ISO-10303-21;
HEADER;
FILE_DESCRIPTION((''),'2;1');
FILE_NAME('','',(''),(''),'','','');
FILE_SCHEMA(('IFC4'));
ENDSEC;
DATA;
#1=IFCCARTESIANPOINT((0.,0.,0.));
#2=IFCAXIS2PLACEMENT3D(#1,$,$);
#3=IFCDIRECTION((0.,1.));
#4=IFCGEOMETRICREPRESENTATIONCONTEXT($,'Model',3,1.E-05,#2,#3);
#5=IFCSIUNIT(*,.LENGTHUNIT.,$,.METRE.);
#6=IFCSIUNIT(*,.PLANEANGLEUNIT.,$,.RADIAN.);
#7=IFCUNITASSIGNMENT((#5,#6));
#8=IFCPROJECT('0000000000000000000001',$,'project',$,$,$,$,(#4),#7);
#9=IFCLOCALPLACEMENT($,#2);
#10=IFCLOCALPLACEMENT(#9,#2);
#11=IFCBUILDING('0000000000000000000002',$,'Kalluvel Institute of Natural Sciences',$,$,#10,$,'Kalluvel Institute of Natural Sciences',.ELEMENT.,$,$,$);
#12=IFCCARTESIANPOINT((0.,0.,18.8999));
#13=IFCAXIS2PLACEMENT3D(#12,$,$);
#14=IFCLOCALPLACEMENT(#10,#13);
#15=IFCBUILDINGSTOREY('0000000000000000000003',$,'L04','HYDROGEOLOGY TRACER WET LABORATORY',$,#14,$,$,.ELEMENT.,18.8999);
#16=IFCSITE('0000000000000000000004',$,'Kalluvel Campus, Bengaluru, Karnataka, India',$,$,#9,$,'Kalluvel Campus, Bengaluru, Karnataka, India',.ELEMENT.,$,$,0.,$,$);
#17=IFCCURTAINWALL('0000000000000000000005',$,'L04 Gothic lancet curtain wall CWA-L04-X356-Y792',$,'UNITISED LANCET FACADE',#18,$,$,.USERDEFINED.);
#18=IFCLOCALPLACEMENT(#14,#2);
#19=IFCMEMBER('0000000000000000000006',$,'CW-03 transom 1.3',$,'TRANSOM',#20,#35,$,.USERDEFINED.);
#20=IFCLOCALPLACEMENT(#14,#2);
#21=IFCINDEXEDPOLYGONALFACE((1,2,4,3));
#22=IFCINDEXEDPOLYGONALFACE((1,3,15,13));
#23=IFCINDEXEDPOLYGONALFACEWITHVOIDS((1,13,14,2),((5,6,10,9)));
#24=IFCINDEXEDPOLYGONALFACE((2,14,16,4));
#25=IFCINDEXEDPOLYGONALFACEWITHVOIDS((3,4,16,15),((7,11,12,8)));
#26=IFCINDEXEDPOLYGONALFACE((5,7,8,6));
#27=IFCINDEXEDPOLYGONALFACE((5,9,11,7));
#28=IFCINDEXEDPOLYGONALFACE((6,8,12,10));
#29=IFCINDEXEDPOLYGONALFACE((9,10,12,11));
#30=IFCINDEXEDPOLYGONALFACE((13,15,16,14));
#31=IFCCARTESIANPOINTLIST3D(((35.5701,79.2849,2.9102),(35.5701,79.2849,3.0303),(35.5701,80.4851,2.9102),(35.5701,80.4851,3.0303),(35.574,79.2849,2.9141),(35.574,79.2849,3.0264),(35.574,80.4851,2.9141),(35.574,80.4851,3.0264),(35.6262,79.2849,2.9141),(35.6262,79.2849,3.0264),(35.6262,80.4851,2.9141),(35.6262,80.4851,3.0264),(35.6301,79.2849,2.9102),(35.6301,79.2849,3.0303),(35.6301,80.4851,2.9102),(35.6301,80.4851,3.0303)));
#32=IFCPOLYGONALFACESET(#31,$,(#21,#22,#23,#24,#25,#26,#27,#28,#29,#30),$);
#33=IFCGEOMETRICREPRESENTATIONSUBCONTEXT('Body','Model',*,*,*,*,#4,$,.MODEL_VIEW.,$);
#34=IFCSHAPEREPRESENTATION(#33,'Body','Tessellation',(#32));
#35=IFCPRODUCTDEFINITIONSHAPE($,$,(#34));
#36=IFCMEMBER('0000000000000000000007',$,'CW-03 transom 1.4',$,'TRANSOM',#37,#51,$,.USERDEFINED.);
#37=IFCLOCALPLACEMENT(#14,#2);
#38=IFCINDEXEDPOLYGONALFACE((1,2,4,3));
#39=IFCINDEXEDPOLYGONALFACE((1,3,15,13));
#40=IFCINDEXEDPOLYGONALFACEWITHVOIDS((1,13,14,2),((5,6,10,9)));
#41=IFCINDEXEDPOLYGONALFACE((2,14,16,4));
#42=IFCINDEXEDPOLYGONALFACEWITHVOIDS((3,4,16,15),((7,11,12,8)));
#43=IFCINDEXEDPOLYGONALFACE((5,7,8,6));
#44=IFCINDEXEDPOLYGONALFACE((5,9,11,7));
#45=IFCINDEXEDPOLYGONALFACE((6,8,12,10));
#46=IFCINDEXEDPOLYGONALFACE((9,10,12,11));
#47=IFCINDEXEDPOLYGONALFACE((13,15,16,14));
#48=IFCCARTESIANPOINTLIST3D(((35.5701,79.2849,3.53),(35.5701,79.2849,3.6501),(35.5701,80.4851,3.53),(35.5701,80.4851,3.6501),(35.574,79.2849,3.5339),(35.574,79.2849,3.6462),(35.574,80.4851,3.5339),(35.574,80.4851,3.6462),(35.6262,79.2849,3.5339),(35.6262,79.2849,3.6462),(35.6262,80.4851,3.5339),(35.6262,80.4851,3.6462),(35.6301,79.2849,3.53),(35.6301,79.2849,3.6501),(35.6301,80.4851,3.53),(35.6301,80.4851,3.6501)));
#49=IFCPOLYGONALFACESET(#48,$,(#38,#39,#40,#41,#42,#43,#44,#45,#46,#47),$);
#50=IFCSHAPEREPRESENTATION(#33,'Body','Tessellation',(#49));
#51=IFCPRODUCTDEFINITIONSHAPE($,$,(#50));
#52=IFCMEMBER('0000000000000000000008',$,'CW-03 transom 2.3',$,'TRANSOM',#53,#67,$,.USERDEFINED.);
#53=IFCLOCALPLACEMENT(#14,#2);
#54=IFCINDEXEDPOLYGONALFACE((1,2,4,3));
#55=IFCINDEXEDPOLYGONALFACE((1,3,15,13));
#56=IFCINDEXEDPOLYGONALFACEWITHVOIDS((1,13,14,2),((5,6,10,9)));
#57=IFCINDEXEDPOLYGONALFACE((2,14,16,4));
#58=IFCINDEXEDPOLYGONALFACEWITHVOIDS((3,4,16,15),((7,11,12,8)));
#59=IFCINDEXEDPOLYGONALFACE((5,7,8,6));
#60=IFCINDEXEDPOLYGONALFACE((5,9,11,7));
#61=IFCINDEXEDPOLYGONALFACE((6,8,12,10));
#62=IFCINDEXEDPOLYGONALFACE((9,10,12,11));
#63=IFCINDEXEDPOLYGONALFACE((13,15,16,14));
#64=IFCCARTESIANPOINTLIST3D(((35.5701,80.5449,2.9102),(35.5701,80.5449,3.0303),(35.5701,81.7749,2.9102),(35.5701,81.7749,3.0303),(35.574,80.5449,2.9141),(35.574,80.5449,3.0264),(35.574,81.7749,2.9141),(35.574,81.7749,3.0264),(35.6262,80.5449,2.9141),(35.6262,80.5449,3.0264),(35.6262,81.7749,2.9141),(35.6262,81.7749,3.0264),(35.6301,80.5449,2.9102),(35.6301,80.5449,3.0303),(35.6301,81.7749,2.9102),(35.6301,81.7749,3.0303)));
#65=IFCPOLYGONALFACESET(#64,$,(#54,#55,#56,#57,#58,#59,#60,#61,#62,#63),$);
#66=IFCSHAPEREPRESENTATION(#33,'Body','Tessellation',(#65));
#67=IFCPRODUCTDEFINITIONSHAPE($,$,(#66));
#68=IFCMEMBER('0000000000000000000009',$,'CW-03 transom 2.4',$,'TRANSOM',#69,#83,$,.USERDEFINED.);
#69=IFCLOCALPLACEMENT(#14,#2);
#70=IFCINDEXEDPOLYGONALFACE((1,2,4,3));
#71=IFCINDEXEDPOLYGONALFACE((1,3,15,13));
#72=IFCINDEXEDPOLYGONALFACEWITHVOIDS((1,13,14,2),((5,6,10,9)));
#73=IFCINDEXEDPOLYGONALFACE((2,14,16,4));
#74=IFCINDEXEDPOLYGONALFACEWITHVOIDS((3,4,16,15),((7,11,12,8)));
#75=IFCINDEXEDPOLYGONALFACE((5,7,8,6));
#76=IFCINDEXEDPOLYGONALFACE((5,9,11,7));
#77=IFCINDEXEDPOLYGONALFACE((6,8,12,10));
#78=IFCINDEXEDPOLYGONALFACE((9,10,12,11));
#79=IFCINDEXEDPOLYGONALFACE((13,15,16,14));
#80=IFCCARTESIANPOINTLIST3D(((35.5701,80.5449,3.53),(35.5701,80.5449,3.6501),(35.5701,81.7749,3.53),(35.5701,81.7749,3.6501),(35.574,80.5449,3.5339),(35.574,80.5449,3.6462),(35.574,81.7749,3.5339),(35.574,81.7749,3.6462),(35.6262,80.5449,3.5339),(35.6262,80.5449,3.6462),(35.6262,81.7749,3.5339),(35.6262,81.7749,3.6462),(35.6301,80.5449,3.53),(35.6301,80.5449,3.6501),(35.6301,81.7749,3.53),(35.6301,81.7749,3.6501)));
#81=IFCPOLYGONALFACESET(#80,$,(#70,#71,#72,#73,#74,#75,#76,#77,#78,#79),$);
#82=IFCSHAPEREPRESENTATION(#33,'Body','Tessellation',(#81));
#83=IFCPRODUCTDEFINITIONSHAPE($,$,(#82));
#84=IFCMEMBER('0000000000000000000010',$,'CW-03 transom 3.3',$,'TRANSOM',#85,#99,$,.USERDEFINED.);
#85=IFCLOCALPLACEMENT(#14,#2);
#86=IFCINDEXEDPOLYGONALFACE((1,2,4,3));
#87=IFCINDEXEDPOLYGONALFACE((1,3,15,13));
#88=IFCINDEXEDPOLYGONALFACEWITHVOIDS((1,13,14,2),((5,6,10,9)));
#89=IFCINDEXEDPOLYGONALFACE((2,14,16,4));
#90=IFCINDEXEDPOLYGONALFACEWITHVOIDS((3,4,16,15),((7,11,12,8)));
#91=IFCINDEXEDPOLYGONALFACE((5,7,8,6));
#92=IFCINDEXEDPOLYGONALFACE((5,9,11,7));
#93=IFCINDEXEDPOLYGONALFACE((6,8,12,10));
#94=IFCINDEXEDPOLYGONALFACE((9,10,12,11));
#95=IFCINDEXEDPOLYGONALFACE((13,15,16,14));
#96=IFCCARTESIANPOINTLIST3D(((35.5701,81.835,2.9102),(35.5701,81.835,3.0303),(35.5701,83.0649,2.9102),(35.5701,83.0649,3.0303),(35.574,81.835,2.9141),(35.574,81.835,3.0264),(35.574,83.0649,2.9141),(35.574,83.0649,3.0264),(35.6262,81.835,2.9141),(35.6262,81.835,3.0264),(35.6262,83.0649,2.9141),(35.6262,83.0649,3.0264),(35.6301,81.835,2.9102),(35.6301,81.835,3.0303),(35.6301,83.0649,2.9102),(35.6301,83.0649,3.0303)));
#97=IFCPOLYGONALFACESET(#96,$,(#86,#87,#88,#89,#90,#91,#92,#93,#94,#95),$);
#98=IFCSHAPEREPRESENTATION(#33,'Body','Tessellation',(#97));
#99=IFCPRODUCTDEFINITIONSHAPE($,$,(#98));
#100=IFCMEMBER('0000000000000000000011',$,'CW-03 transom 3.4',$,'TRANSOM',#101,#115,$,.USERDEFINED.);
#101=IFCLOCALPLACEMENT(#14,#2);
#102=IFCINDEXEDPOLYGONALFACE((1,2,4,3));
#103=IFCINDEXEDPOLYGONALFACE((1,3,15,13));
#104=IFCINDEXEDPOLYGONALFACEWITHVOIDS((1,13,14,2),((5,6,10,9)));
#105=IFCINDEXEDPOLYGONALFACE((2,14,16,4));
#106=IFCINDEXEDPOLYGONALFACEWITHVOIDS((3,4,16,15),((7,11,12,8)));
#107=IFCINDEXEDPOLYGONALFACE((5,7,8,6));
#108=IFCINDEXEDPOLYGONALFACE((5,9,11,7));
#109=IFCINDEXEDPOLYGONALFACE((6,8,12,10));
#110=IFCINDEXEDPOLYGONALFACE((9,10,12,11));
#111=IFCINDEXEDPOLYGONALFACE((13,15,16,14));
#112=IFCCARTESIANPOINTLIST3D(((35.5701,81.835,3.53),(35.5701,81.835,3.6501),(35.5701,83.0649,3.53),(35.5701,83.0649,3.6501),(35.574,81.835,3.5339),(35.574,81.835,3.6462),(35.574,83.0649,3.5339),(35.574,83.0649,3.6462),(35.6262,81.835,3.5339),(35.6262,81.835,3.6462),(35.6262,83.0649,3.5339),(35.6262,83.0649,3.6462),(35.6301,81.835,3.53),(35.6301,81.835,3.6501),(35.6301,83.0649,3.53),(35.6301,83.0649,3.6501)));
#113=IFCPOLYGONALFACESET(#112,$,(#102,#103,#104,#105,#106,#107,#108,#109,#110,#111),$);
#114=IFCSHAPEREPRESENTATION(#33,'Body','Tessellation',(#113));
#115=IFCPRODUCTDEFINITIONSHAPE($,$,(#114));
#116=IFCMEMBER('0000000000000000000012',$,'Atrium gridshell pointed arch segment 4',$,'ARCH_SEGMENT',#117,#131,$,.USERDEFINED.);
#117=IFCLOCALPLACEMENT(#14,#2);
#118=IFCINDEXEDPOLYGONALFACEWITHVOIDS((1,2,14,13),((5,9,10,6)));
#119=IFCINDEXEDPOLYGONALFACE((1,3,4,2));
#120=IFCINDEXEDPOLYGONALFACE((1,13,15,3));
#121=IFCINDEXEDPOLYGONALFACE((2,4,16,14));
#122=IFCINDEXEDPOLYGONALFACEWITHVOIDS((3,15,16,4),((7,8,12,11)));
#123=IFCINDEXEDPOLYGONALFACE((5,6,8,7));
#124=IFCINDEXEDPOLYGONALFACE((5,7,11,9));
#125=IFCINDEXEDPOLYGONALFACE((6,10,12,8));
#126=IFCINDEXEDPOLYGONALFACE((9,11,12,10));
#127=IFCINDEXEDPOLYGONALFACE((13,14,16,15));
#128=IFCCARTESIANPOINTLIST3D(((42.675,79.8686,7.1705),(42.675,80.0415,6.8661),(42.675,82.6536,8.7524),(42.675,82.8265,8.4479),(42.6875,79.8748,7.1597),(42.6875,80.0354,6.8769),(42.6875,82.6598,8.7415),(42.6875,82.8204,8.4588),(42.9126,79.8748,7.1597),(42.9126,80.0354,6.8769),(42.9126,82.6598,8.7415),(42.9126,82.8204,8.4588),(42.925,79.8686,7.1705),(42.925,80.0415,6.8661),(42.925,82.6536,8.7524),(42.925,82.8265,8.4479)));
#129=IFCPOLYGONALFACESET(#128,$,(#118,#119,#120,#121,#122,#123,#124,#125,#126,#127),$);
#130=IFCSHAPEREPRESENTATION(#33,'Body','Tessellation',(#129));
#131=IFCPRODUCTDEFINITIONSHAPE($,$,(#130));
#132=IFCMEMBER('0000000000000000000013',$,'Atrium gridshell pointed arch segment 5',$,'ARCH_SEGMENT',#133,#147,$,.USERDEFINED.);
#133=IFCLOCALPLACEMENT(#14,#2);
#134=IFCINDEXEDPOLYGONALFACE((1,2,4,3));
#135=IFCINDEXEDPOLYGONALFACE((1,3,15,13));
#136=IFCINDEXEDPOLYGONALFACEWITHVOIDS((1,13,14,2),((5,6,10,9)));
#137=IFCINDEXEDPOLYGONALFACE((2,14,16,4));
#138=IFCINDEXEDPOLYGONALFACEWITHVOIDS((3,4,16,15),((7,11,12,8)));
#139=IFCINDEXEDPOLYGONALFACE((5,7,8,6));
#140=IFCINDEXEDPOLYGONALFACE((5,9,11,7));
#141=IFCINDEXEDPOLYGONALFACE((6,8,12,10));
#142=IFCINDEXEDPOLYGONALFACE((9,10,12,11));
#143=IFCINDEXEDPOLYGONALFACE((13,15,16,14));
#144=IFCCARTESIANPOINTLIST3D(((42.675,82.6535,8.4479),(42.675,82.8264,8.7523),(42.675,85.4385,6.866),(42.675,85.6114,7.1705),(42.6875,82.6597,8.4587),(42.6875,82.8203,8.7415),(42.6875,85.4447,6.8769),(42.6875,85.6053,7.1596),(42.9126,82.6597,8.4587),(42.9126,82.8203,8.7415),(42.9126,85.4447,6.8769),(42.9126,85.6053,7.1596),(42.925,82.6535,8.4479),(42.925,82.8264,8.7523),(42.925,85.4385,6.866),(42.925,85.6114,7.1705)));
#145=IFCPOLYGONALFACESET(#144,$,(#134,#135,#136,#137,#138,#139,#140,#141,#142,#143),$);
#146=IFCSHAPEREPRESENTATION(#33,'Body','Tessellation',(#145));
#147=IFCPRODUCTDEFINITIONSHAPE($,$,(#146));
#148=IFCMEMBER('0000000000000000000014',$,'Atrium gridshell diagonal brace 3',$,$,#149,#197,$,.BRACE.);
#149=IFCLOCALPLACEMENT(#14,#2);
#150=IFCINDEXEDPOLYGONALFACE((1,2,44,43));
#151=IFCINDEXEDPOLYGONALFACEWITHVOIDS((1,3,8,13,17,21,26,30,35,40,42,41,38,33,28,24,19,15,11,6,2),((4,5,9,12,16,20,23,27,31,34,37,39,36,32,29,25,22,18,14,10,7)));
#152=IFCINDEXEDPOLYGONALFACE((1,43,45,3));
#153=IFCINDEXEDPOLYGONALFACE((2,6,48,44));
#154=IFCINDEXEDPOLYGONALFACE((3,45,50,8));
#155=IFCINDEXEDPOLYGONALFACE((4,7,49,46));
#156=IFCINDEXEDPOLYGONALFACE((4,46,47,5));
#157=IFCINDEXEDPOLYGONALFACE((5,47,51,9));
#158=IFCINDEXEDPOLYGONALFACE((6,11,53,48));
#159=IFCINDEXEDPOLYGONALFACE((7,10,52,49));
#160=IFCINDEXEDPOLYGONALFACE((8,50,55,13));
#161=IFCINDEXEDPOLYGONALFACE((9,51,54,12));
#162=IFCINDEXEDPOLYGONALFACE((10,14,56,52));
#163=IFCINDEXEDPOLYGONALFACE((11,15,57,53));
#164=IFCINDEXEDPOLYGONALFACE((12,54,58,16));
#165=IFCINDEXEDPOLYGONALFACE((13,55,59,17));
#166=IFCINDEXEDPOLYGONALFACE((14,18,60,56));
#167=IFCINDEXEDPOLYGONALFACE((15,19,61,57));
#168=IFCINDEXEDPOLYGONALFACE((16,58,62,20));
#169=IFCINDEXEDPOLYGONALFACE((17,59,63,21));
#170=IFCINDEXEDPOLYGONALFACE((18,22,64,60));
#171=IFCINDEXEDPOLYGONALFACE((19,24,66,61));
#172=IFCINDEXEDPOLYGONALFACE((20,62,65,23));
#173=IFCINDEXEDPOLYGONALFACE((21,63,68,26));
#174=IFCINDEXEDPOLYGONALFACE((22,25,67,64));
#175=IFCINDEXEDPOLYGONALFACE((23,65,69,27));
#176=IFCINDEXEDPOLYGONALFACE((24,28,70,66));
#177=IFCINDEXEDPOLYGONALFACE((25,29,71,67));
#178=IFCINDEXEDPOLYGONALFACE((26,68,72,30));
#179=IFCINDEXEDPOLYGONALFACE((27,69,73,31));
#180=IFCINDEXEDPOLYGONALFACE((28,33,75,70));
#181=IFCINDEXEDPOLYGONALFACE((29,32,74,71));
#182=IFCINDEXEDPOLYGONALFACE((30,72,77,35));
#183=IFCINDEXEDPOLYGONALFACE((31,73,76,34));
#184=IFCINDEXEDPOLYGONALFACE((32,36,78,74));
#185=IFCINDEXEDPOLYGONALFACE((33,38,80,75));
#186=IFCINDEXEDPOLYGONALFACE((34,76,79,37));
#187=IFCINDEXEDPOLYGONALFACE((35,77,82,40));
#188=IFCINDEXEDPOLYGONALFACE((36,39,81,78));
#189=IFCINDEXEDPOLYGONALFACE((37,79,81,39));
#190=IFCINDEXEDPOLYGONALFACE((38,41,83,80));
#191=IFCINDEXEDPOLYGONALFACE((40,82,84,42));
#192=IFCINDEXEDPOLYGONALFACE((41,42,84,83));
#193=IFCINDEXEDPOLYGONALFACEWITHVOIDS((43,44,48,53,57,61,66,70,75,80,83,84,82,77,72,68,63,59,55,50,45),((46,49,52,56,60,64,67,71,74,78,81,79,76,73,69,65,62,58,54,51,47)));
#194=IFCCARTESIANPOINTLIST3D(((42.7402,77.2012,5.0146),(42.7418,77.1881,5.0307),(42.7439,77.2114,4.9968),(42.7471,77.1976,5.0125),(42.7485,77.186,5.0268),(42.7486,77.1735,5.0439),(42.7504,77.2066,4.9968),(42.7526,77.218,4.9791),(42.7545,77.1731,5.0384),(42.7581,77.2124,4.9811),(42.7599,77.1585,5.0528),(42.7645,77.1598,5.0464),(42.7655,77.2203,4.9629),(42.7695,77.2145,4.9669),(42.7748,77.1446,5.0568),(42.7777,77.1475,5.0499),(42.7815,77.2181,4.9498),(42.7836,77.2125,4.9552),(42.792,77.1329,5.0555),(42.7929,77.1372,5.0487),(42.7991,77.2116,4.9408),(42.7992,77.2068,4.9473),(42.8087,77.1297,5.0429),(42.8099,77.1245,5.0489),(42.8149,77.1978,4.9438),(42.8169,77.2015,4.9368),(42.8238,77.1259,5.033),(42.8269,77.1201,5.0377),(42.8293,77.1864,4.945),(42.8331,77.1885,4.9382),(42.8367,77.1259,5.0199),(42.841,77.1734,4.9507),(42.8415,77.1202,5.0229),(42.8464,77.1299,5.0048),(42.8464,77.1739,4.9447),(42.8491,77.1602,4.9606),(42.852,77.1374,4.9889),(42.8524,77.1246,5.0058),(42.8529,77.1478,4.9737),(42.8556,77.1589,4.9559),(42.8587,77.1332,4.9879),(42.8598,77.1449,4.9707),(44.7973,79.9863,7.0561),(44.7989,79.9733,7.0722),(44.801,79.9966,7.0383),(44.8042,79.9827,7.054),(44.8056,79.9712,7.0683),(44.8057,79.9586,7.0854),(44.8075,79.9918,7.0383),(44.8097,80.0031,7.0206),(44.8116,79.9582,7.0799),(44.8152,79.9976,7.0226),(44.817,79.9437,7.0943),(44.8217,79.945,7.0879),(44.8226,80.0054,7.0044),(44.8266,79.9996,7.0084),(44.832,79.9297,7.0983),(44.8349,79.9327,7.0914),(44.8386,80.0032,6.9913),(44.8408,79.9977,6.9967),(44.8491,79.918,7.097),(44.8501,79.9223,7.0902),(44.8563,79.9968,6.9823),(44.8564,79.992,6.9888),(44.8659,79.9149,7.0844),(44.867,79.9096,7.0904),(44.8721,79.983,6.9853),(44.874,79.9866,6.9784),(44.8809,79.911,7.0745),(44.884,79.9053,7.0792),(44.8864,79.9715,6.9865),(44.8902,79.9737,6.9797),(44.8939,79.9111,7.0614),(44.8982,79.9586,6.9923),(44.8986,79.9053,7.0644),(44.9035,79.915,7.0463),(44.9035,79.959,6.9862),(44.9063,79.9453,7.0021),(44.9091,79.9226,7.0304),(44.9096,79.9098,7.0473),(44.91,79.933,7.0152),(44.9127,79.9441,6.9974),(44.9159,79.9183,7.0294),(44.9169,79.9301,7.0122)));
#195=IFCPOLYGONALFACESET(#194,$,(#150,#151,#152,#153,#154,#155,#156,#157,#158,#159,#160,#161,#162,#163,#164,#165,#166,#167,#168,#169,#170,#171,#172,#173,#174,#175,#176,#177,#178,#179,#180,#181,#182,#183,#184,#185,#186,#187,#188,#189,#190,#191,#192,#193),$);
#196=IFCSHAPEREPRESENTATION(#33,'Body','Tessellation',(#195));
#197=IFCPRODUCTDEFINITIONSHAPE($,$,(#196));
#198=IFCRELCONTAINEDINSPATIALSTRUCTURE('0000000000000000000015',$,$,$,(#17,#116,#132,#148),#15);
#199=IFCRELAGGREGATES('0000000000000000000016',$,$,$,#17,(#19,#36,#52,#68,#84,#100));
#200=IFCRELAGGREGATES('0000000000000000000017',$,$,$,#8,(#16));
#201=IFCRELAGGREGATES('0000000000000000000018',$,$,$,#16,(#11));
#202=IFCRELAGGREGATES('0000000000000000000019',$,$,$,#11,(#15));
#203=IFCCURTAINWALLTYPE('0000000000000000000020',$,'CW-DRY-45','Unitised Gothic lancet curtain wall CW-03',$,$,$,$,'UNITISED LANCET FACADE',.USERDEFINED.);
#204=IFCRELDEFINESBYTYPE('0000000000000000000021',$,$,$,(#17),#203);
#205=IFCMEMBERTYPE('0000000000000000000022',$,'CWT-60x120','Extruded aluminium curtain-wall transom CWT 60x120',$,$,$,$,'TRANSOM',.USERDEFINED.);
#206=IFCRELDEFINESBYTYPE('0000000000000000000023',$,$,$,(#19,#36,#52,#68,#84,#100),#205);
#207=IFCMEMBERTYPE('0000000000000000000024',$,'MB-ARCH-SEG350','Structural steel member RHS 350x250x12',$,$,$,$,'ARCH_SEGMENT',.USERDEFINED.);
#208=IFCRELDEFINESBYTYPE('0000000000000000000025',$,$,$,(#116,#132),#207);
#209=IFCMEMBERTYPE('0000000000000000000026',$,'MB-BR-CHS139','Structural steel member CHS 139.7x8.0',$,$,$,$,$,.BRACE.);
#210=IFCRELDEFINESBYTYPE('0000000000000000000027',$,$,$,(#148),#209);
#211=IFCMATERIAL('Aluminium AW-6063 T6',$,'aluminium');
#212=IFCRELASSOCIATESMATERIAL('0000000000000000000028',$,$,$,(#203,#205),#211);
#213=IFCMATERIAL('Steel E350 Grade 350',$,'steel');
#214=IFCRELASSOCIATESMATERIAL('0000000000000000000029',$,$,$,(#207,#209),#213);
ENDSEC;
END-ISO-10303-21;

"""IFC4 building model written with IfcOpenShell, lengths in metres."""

from ifc_helpers import new_model, si_unit, direction, frame, origin, origin_2d, place, context, subcontext, project, spatial, hollow_rectangle, hollow_circle, extrude, material, material_profile, profile_set, type_object, element, aggregate, save


model = new_model("IFC4")

# Units and contexts
model_context = context("Model", 3, precision=1e-05, world=origin(), true_north=direction((0.0, 1.0)))
body_context = subcontext(model_context, "Body", "Model", "MODEL_VIEW")
ifc_project = project(units=[si_unit("LENGTHUNIT", "METRE"), si_unit("PLANEANGLEUNIT", "RADIAN")], contexts=[model_context])

# Site, building, storey
site_placement = place(None, origin())
site = spatial("IfcSite", under=ifc_project, at=site_placement, Name="Kalluvel Campus, Bengaluru, Karnataka, India", LongName="Kalluvel Campus, Bengaluru, Karnataka, India", CompositionType="ELEMENT", RefElevation=0.0)
building_placement = place(site_placement, origin())
building = spatial("IfcBuilding", under=site, at=building_placement, Name="Kalluvel Institute of Natural Sciences", LongName="Kalluvel Institute of Natural Sciences", CompositionType="ELEMENT")
storey_placement = place(building_placement, frame((0.0, 0.0, 18.8999)))
storey = spatial("IfcBuildingStorey", under=building, at=storey_placement, Name="L04", Description="HYDROGEOLOGY TRACER WET LABORATORY", CompositionType="ELEMENT", Elevation=18.8999)

# Curtain wall, members
ifc_material_1 = material(Name="Aluminium AW-6063 T6", Category="aluminium")
curtain_wall_type = type_object("IfcCurtainWallType", Name="CW-DRY-45", Description="Unitised Gothic lancet curtain wall CW-03", ElementType="UNITISED LANCET FACADE", PredefinedType="USERDEFINED", material=ifc_material_1)
curtain_wall_1_placement = place(storey_placement, origin())
curtain_wall_1 = element("IfcCurtainWall", 1, at=curtain_wall_1_placement, inside=storey, type_object=curtain_wall_type, Name="L04 Gothic lancet curtain wall CWA-L04-X356-Y792", ObjectType="UNITISED LANCET FACADE", PredefinedType="USERDEFINED")
ifc_material_profile_1 = material_profile(ifc_material_1, hollow_rectangle(XDim=0.0601, YDim=0.1201, WallThickness=0.0039, at=origin_2d()), Name="CWT 60x120")
ifc_profile_set_1 = profile_set([ifc_material_profile_1], Name="Aluminium AW-6063 T6")
member_type_1 = type_object("IfcMemberType", Name="CWT-60x120", Description="Extruded aluminium curtain-wall transom CWT 60x120", ElementType="TRANSOM", PredefinedType="USERDEFINED", material=ifc_profile_set_1)
member_1_placement = place(storey_placement, frame((35.6001, 79.2849, 2.9702), z_axis=(0.0, 1.0, 0.0), x_axis=(-1.0, 0.0, 0.0)))
member_1 = element("IfcMember", 2, at=member_1_placement, type_object=member_type_1, Name="CW-03 transom 1.3", ObjectType="TRANSOM", PredefinedType="USERDEFINED", context=body_context, shape_type="SweptSolid", body=[
    extrude(hollow_rectangle(XDim=0.0601, YDim=0.1201, WallThickness=0.0039, at=origin_2d()), origin(), (0.0, 0.0, 1.0), 1.2002),
])
member_2_placement = place(storey_placement, frame((35.6001, 79.2849, 3.5901), z_axis=(0.0, 1.0, 0.0), x_axis=(-1.0, 0.0, 0.0)))
member_2 = element("IfcMember", 3, at=member_2_placement, type_object=member_type_1, Name="CW-03 transom 1.4", ObjectType="TRANSOM", PredefinedType="USERDEFINED", context=body_context, shape_type="SweptSolid", body=[
    extrude(hollow_rectangle(XDim=0.0601, YDim=0.1201, WallThickness=0.0039, at=origin_2d()), origin(), (0.0, 0.0, 1.0), 1.2002),
])
member_3_placement = place(storey_placement, frame((35.6001, 80.5449, 2.9702), z_axis=(0.0, 1.0, 0.0), x_axis=(-1.0, 0.0, 0.0)))
member_3 = element("IfcMember", 4, at=member_3_placement, type_object=member_type_1, Name="CW-03 transom 2.3", ObjectType="TRANSOM", PredefinedType="USERDEFINED", context=body_context, shape_type="SweptSolid", body=[
    extrude(hollow_rectangle(XDim=0.0601, YDim=0.1201, WallThickness=0.0039, at=origin_2d()), origin(), (0.0, 0.0, 1.0), 1.23),
])
member_4_placement = place(storey_placement, frame((35.6001, 80.5449, 3.5901), z_axis=(0.0, 1.0, 0.0), x_axis=(-1.0, 0.0, 0.0)))
member_4 = element("IfcMember", 5, at=member_4_placement, type_object=member_type_1, Name="CW-03 transom 2.4", ObjectType="TRANSOM", PredefinedType="USERDEFINED", context=body_context, shape_type="SweptSolid", body=[
    extrude(hollow_rectangle(XDim=0.0601, YDim=0.1201, WallThickness=0.0039, at=origin_2d()), origin(), (0.0, 0.0, 1.0), 1.23),
])
member_5_placement = place(storey_placement, frame((35.6001, 81.835, 2.9702), z_axis=(0.0, 1.0, 0.0), x_axis=(-1.0, 0.0, 0.0)))
member_5 = element("IfcMember", 6, at=member_5_placement, type_object=member_type_1, Name="CW-03 transom 3.3", ObjectType="TRANSOM", PredefinedType="USERDEFINED", context=body_context, shape_type="SweptSolid", body=[
    extrude(hollow_rectangle(XDim=0.0601, YDim=0.1201, WallThickness=0.0039, at=origin_2d()), origin(), (0.0, 0.0, 1.0), 1.23),
])
member_6_placement = place(storey_placement, frame((35.6001, 81.835, 3.5901), z_axis=(0.0, 1.0, 0.0), x_axis=(-1.0, 0.0, 0.0)))
member_6 = element("IfcMember", 7, at=member_6_placement, type_object=member_type_1, Name="CW-03 transom 3.4", ObjectType="TRANSOM", PredefinedType="USERDEFINED", context=body_context, shape_type="SweptSolid", body=[
    extrude(hollow_rectangle(XDim=0.0601, YDim=0.1201, WallThickness=0.0039, at=origin_2d()), origin(), (0.0, 0.0, 1.0), 1.23),
])

# Members
ifc_material_2 = material(Name="Steel E350 Grade 350", Category="steel")
ifc_material_profile_2 = material_profile(ifc_material_2, hollow_rectangle(XDim=0.25, YDim=0.3501, WallThickness=0.0125, at=origin_2d()), Name="RHS 350x250x12")
ifc_profile_set_2 = profile_set([ifc_material_profile_2], Name="Steel E350 Grade 350")
member_type_2 = type_object("IfcMemberType", Name="MB-ARCH-SEG350", Description="Structural steel member RHS 350x250x12", ElementType="ARCH_SEGMENT", PredefinedType="USERDEFINED", material=ifc_profile_set_2)
for number, where, z_axis, x_axis, name in (
    (8, (42.8, 79.9551, 7.0183), (0.0, 0.86953, 0.49388), (-1.0, 0.0, 0.0), "Atrium gridshell pointed arch segment 4"),
    (9, (42.8, 82.74, 8.6001), (0.0, 0.86953, -0.49388), (-1.0, 0.0, 0.0), "Atrium gridshell pointed arch segment 5"),
):
    element("IfcMember", number, at=place(storey_placement, frame(where, z_axis=z_axis, x_axis=x_axis)), inside=storey, type_object=member_type_2, Name=name, ObjectType="ARCH_SEGMENT", PredefinedType="USERDEFINED", context=body_context, shape_type="SweptSolid", body=[
        extrude(hollow_rectangle(XDim=0.25, YDim=0.3501, WallThickness=0.0125, at=origin_2d()), origin(), (0.0, 0.0, 1.0), 3.2029),
    ])
ifc_material_profile_3 = material_profile(ifc_material_2, hollow_circle(Radius=0.0698, WallThickness=0.0081, at=origin_2d()), Name="CHS 139.7x8.0")
ifc_profile_set_3 = profile_set([ifc_material_profile_3], Name="Steel E350 Grade 350")
member_type_3 = type_object("IfcMemberType", Name="MB-BR-CHS139", Description="Structural steel member CHS 139.7x8.0", PredefinedType="BRACE", material=ifc_profile_set_3)
member_7_placement = place(storey_placement, frame((42.8, 77.1699, 4.9968), z_axis=(0.511784, 0.692906, 0.507896), x_axis=(-0.804378, 0.594117, 0.0)))
element("IfcMember", 10, at=member_7_placement, inside=storey, type_object=member_type_3, Name="Atrium gridshell diagonal brace 3", PredefinedType="BRACE", context=body_context, shape_type="SweptSolid", body=[
    extrude(hollow_circle(Radius=0.0698, WallThickness=0.0081, at=origin_2d()), origin(), (0.0, 0.0, 1.0), 4.0195),
])

aggregate(curtain_wall_1, [member_1, member_2, member_3, member_4, member_5, member_6])

save(model, "model.ifc")
